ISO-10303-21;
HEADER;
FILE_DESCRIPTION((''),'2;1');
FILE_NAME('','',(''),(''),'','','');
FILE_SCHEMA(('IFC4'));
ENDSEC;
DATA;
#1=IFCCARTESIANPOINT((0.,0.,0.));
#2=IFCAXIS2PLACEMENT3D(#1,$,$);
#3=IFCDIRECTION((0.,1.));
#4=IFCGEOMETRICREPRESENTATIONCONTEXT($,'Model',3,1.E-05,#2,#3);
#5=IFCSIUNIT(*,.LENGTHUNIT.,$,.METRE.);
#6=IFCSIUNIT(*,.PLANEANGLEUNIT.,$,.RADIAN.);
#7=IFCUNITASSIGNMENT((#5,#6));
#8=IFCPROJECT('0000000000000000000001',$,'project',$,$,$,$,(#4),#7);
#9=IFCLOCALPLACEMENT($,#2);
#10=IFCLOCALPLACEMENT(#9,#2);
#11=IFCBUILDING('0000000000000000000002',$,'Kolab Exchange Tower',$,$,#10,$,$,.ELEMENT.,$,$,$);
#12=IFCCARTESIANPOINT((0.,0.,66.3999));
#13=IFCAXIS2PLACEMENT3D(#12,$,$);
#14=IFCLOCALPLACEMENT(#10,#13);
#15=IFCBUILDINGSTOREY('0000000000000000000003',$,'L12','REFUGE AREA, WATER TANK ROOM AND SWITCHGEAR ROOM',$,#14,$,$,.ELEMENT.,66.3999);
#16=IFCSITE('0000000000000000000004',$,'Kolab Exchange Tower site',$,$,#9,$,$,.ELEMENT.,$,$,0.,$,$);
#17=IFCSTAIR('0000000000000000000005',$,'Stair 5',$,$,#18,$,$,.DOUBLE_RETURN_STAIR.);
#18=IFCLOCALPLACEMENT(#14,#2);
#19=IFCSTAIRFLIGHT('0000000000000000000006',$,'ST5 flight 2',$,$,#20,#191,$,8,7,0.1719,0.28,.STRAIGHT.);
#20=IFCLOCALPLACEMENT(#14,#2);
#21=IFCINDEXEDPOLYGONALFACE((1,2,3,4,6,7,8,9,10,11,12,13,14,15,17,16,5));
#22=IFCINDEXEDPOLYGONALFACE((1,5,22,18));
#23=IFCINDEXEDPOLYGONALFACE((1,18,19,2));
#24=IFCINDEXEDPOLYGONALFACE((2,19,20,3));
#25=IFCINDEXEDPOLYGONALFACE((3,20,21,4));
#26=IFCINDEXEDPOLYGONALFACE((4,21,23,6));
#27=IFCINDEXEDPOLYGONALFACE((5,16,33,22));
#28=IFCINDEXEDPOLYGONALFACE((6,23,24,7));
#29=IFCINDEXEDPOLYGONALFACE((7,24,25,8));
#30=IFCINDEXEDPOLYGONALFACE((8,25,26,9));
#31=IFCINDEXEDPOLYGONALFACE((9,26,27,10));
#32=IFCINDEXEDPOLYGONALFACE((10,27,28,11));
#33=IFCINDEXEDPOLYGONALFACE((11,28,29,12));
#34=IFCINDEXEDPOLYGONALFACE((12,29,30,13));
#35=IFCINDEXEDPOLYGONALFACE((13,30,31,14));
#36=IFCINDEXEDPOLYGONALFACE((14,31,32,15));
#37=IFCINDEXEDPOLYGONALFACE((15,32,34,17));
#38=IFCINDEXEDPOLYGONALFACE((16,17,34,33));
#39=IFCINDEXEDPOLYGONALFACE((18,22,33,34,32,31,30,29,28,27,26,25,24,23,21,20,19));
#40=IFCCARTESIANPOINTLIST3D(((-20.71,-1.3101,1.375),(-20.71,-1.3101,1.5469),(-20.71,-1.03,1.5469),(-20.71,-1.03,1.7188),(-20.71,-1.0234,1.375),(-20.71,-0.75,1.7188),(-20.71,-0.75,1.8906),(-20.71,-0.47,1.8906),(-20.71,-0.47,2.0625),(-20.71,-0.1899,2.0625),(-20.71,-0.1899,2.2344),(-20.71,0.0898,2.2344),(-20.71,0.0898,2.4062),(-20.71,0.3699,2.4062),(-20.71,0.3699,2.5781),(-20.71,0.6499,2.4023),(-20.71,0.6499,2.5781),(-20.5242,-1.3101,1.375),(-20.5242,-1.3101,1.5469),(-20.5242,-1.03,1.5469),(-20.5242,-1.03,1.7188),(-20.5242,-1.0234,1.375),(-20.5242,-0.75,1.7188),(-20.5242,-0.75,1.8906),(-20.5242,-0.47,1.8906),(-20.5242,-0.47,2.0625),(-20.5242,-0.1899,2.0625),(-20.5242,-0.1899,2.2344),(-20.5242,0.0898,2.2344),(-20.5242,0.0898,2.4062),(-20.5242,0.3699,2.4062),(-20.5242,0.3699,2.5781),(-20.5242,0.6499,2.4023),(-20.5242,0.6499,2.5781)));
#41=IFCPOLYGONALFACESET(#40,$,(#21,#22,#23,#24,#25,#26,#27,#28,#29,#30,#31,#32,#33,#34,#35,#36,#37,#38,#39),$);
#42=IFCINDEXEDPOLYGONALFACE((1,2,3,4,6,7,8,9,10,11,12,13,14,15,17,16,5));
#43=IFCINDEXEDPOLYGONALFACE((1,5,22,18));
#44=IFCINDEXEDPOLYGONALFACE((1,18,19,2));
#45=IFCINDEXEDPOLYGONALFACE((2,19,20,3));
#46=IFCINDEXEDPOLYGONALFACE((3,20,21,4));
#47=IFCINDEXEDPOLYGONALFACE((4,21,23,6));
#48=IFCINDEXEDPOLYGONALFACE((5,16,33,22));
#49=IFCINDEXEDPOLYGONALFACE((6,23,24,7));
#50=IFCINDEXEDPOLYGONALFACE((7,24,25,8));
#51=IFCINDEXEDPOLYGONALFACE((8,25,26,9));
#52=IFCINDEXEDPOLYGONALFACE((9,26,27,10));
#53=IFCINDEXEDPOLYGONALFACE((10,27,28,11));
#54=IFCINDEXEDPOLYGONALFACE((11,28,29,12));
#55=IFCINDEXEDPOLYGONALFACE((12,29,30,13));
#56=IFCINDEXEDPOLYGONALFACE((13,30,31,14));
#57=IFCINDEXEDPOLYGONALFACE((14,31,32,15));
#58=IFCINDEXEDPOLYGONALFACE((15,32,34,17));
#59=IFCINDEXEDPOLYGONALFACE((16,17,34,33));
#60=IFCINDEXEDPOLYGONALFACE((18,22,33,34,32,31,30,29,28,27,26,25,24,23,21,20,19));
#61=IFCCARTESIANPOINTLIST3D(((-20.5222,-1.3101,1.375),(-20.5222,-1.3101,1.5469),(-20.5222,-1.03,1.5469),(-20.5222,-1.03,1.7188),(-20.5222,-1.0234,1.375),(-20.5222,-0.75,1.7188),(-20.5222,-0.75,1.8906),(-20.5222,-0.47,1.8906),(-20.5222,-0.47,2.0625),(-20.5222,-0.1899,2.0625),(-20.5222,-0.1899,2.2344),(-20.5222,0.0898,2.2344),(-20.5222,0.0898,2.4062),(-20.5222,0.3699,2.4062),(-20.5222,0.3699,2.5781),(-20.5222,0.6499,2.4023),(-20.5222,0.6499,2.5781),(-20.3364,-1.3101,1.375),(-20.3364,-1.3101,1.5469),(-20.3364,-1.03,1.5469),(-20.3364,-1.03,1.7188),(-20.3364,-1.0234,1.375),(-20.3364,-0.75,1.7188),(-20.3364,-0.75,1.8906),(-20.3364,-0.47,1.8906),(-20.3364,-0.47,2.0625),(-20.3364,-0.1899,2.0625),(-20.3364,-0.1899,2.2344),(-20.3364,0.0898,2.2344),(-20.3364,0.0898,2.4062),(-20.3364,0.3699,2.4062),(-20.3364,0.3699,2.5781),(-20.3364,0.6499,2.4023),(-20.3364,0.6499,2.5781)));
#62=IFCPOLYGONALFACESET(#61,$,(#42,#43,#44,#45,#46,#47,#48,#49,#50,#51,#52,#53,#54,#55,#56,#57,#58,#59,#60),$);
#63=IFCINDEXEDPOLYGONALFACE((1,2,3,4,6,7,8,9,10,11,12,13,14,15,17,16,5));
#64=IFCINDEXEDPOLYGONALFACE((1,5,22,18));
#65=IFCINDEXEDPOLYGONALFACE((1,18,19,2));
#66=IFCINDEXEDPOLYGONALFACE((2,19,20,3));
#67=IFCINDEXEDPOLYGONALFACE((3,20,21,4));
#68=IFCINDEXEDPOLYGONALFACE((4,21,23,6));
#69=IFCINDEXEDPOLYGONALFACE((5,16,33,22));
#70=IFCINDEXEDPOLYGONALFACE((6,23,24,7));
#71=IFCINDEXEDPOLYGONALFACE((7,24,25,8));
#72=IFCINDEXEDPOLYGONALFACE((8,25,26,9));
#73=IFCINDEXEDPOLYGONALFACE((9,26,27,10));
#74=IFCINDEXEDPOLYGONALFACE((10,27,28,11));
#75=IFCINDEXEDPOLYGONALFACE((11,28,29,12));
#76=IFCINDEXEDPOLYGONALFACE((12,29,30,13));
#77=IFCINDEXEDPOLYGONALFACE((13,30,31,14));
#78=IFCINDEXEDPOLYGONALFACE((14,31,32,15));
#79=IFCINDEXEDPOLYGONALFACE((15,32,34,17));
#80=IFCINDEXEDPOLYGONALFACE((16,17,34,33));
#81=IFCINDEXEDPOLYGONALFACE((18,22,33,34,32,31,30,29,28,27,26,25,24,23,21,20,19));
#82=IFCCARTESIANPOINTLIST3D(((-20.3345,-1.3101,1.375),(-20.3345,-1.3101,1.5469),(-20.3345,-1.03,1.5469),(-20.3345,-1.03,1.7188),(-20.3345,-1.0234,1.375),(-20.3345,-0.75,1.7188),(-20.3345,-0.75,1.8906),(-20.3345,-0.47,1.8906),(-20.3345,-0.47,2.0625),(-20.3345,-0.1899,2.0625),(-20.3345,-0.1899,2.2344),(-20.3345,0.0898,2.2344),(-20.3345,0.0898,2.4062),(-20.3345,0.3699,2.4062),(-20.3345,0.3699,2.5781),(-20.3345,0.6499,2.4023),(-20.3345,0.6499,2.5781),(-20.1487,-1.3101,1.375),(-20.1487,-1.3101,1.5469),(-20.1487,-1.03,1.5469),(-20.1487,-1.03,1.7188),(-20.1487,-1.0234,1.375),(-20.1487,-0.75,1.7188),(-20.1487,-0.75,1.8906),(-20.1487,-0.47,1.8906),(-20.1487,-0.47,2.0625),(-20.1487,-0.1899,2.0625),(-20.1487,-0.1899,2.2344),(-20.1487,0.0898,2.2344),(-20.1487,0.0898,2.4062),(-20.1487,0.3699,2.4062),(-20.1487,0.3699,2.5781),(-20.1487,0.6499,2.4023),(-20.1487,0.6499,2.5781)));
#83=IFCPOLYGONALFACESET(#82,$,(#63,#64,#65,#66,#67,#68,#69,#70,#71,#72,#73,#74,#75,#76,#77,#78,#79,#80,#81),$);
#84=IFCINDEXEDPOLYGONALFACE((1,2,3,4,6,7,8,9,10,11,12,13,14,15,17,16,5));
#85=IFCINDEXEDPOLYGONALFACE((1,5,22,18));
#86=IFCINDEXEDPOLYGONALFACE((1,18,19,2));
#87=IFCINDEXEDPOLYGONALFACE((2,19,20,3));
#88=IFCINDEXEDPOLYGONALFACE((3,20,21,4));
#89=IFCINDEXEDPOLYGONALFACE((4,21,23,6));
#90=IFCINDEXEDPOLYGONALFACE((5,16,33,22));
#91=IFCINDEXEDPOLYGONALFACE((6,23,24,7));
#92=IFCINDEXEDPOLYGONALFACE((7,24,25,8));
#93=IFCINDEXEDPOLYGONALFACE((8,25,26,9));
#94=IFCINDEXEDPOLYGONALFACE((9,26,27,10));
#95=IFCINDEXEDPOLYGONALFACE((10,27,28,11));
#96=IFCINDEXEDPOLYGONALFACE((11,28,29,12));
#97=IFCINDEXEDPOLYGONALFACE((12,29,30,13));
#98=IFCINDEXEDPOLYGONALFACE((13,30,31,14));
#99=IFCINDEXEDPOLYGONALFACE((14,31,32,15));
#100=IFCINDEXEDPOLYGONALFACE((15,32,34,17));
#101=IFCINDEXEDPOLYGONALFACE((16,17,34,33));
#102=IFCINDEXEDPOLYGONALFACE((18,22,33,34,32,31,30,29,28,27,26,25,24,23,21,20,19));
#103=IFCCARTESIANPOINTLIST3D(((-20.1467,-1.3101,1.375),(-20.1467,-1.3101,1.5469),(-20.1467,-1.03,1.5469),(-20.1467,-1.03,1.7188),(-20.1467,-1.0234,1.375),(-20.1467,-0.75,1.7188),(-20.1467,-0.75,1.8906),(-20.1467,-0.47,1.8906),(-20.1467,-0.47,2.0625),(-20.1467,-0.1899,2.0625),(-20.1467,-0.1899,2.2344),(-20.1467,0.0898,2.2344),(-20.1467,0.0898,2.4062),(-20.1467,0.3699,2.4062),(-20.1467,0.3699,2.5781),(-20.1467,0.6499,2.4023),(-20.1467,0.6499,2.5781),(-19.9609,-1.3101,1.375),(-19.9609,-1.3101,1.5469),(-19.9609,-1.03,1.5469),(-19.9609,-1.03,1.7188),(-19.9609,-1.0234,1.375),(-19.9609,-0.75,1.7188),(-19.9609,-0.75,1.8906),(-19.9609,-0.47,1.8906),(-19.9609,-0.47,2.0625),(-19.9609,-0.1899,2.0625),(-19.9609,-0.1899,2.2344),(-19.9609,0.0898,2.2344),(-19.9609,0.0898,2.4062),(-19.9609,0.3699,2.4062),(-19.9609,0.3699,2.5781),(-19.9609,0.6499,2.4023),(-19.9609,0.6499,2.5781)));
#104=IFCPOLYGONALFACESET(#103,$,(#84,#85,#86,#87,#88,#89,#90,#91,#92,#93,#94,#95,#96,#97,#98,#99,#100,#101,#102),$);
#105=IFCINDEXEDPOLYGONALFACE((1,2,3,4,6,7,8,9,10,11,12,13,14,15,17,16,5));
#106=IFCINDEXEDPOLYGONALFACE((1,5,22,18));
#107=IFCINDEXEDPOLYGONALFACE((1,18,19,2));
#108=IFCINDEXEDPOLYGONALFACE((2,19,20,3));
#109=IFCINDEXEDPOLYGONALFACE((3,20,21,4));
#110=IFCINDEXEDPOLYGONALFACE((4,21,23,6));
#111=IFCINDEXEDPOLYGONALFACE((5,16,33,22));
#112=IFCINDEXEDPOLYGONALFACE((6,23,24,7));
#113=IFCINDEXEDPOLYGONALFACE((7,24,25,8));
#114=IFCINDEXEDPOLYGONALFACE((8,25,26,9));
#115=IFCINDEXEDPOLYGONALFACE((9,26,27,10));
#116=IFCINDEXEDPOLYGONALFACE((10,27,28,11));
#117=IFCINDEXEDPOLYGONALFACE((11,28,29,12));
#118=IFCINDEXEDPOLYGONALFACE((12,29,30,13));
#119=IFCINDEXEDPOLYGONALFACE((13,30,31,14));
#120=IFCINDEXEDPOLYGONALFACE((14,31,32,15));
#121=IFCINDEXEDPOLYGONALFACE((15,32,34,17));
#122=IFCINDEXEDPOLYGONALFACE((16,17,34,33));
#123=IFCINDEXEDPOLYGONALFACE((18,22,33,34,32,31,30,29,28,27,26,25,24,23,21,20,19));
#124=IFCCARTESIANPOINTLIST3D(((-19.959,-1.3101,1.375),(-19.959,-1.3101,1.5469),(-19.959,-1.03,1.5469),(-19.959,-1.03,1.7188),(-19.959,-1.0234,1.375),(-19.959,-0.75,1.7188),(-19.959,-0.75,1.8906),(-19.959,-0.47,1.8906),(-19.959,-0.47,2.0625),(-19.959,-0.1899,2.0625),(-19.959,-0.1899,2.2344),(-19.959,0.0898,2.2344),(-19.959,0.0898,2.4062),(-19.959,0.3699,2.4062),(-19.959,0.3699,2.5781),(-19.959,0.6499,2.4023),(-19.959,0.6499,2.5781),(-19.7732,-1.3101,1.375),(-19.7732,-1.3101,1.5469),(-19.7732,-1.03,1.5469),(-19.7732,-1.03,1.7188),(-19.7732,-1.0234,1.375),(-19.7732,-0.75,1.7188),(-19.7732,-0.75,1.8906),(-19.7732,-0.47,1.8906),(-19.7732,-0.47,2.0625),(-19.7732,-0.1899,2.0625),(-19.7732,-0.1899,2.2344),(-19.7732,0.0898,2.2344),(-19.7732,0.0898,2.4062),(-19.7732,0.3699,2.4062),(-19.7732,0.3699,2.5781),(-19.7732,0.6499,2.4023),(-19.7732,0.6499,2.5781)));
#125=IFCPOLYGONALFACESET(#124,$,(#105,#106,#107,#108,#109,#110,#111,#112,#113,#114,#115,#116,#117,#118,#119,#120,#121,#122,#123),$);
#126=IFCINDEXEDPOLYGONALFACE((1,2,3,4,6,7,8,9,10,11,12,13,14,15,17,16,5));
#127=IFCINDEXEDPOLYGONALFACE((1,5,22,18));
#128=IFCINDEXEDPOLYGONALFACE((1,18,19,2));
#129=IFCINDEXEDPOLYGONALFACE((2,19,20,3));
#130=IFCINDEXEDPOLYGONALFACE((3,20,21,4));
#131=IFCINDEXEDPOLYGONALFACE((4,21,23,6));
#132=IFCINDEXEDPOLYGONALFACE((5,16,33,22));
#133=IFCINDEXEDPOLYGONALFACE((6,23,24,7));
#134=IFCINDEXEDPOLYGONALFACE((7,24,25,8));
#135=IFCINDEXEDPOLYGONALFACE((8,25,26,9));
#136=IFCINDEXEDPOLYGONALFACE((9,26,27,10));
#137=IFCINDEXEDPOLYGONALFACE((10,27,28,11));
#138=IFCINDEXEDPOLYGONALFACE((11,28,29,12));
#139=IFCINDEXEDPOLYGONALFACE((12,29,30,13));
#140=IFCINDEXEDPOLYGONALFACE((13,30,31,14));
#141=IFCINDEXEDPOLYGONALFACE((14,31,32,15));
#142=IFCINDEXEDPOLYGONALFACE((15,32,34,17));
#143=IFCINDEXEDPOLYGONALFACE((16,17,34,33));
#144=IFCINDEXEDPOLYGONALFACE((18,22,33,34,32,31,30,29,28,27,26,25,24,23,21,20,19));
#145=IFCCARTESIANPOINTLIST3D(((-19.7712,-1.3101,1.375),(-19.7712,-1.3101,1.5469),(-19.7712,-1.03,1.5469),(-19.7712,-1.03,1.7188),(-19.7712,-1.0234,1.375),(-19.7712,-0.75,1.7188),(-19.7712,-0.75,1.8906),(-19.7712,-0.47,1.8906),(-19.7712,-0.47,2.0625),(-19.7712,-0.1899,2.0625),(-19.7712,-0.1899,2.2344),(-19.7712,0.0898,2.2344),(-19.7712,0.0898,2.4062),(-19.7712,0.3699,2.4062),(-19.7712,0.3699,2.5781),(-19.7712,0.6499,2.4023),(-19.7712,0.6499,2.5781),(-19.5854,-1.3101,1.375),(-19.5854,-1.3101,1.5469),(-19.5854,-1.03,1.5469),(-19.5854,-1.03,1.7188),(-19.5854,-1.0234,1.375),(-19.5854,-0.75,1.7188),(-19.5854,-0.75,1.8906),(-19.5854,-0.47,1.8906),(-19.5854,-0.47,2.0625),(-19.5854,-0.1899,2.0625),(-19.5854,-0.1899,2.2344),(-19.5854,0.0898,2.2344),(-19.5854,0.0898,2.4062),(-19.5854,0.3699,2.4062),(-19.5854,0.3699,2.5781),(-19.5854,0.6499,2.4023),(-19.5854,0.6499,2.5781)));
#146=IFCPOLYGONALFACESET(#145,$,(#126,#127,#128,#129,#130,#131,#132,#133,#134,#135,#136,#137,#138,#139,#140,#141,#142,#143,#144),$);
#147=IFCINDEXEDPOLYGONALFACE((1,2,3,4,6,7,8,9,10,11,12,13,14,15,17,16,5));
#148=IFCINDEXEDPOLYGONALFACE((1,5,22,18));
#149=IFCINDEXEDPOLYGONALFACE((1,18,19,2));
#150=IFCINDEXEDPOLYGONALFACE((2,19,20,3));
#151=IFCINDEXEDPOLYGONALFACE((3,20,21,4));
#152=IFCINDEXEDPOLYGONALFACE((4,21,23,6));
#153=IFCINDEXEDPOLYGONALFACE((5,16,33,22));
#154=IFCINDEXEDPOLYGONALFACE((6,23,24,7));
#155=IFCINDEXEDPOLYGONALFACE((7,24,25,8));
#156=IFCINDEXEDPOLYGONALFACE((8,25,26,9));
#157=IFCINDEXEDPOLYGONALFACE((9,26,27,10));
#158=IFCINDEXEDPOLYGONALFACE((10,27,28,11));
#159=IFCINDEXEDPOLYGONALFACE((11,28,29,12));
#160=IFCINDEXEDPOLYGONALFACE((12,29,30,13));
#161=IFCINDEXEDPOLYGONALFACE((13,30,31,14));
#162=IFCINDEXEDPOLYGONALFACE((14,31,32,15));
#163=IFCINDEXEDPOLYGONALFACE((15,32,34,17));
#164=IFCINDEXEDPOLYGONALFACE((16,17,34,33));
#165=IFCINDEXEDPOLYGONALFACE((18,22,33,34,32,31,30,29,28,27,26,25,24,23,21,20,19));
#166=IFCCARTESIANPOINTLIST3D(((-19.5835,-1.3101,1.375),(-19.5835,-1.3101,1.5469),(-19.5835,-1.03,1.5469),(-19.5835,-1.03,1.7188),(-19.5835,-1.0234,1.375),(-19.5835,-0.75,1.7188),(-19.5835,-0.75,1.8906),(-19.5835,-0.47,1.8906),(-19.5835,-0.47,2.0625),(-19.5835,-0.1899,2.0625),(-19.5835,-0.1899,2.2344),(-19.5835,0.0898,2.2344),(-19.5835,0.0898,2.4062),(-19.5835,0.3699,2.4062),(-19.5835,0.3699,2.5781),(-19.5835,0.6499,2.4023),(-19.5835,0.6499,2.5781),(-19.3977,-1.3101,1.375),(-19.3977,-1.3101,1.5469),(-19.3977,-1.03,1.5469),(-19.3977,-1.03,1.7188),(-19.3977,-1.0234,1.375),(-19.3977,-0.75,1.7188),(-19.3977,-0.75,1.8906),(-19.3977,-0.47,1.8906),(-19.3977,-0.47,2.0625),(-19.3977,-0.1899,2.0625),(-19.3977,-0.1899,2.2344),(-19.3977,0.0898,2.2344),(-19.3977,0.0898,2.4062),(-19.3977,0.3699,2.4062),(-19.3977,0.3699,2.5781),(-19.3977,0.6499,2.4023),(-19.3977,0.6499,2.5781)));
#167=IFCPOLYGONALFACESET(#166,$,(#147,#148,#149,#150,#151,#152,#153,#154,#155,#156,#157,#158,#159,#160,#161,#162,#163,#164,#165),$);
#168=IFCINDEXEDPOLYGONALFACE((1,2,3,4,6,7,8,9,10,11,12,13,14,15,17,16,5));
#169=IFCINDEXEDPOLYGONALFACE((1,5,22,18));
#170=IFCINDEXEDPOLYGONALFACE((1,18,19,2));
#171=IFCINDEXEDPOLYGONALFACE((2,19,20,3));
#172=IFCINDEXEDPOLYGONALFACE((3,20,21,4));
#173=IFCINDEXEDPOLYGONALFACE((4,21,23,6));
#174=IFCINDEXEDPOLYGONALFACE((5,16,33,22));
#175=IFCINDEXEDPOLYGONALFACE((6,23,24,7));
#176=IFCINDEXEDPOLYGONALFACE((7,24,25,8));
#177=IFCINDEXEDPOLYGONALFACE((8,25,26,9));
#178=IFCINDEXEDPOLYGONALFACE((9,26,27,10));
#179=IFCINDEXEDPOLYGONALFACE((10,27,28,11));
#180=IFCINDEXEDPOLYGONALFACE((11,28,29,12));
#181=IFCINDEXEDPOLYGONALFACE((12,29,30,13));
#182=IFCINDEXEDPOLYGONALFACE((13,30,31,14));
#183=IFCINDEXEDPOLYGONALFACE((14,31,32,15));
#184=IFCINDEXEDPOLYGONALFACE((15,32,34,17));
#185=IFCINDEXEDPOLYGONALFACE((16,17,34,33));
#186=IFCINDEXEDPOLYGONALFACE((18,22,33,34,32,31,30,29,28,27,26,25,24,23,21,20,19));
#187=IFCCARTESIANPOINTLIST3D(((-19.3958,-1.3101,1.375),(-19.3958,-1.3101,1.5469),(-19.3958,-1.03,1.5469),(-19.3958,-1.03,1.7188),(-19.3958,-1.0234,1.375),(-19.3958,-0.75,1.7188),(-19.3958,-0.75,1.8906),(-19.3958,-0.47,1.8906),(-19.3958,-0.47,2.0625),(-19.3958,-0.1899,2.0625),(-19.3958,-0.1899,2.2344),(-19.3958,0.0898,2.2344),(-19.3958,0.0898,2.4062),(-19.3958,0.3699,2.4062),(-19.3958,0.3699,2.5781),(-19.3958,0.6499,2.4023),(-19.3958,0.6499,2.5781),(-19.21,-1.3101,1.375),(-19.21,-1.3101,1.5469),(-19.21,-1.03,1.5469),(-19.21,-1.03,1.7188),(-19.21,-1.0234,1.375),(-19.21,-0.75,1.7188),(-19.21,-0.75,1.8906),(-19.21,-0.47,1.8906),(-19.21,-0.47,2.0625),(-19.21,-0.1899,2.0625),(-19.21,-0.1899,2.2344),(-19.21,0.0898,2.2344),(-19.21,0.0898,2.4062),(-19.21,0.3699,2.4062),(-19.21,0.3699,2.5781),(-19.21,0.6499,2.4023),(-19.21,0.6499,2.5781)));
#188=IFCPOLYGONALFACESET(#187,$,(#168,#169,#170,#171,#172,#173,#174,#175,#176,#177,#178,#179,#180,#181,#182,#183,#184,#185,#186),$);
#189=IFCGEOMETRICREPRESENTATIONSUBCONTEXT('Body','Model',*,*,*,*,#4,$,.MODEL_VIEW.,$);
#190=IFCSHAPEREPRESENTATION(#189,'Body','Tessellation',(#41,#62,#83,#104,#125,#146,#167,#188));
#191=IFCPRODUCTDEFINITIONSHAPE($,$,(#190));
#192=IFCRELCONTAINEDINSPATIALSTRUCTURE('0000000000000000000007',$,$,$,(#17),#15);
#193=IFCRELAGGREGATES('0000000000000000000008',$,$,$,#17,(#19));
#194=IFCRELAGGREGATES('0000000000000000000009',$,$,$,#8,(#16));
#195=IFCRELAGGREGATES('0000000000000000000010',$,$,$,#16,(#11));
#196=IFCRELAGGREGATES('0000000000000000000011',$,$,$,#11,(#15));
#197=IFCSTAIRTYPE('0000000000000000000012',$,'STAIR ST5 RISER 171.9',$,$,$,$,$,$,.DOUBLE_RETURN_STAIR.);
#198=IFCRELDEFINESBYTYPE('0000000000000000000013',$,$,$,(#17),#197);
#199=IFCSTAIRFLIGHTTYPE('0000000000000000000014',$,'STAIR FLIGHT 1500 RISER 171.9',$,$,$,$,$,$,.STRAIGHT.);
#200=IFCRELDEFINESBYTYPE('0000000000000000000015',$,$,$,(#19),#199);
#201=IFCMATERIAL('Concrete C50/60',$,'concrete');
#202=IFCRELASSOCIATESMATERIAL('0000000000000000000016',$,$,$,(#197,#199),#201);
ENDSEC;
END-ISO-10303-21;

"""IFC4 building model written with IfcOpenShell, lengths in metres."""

from ifc_helpers import new_model, si_unit, direction, frame, origin, place, context, subcontext, project, spatial, polyline, outline, extrude, material, type_object, element, aggregate, save


model = new_model("IFC4")

# Units and contexts
model_context = context("Model", 3, precision=1e-05, world=origin(), true_north=direction((0.0, 1.0)))
body_context = subcontext(model_context, "Body", "Model", "MODEL_VIEW")
ifc_project = project(units=[si_unit("LENGTHUNIT", "METRE"), si_unit("PLANEANGLEUNIT", "RADIAN")], contexts=[model_context])

# Site, building, storey
site_placement = place(None, origin())
site = spatial("IfcSite", under=ifc_project, at=site_placement, Name="Kolab Exchange Tower site", CompositionType="ELEMENT", RefElevation=0.0)
building_placement = place(site_placement, origin())
building = spatial("IfcBuilding", under=site, at=building_placement, Name="Kolab Exchange Tower", CompositionType="ELEMENT")
storey_placement = place(building_placement, frame((0.0, 0.0, 66.3999)))
storey = spatial("IfcBuildingStorey", under=building, at=storey_placement, Name="L12", Description="REFUGE AREA, WATER TANK ROOM AND SWITCHGEAR ROOM", CompositionType="ELEMENT", Elevation=66.3999)

# Shared definitions
ifc_material_1 = material(Name="Concrete C50/60", Category="concrete")

# Stair, stair flight
stair_type = type_object("IfcStairType", Name="STAIR ST5 RISER 171.9", PredefinedType="DOUBLE_RETURN_STAIR", material=ifc_material_1)
stair_placement = place(storey_placement, origin())
stair = element("IfcStair", 1, at=stair_placement, inside=storey, type_object=stair_type, Name="Stair 5", PredefinedType="DOUBLE_RETURN_STAIR")
stair_flight_type = type_object("IfcStairFlightType", Name="STAIR FLIGHT 1500 RISER 171.9", PredefinedType="STRAIGHT", material=ifc_material_1)
stair_flight_1_placement = place(storey_placement, frame((-19.96, -1.3101, 1.375), z_axis=(0.0, 0.0, 1.0), x_axis=(0.0, 1.0, 0.0)))
stair_flight_1 = element("IfcStairFlight", 2, at=stair_flight_1_placement, type_object=stair_flight_type, Name="ST5 flight 2", NumberOfRisers=8, NumberOfTreads=7, PredefinedType="STRAIGHT", RiserHeight=0.1719, TreadLength=0.28, context=body_context, shape_type="SweptSolid", body=[
    extrude(outline(polyline([(0.0, 0.0), (0.0, 0.1719), (0.28, 0.1719), (0.28, 0.3438), (0.5601, 0.3438), (0.5601, 0.5156), (0.8401, 0.5156), (0.8401, 0.6875), (1.1201, 0.6875), (1.1201, 0.8594), (1.3999, 0.8594), (1.3999, 1.0312), (1.6799, 1.0312), (1.6799, 1.2031), (1.96, 1.2031), (1.96, 1.375), (1.96, 1.0273), (0.2866, 0.0), (0.0, 0.0)])), frame((0.0, 0.75, 0.0), z_axis=(0.0, -1.0, 0.0), x_axis=(1.0, 0.0, 0.0)), (0.0, 0.0, 1.0), 0.1858),
    extrude(outline(polyline([(0.0, 0.0), (0.0, 0.1719), (0.28, 0.1719), (0.28, 0.3438), (0.5601, 0.3438), (0.5601, 0.5156), (0.8401, 0.5156), (0.8401, 0.6875), (1.1201, 0.6875), (1.1201, 0.8594), (1.3999, 0.8594), (1.3999, 1.0312), (1.6799, 1.0312), (1.6799, 1.2031), (1.96, 1.2031), (1.96, 1.375), (1.96, 1.0273), (0.2866, 0.0), (0.0, 0.0)])), frame((0.0, 0.5623, 0.0), z_axis=(0.0, -1.0, 0.0), x_axis=(1.0, 0.0, 0.0)), (0.0, 0.0, 1.0), 0.1858),
    extrude(outline(polyline([(0.0, 0.0), (0.0, 0.1719), (0.28, 0.1719), (0.28, 0.3438), (0.5601, 0.3438), (0.5601, 0.5156), (0.8401, 0.5156), (0.8401, 0.6875), (1.1201, 0.6875), (1.1201, 0.8594), (1.3999, 0.8594), (1.3999, 1.0312), (1.6799, 1.0312), (1.6799, 1.2031), (1.96, 1.2031), (1.96, 1.375), (1.96, 1.0273), (0.2866, 0.0), (0.0, 0.0)])), frame((0.0, 0.3745, 0.0), z_axis=(0.0, -1.0, 0.0), x_axis=(1.0, 0.0, 0.0)), (0.0, 0.0, 1.0), 0.1858),
    extrude(outline(polyline([(0.0, 0.0), (0.0, 0.1719), (0.28, 0.1719), (0.28, 0.3438), (0.5601, 0.3438), (0.5601, 0.5156), (0.8401, 0.5156), (0.8401, 0.6875), (1.1201, 0.6875), (1.1201, 0.8594), (1.3999, 0.8594), (1.3999, 1.0312), (1.6799, 1.0312), (1.6799, 1.2031), (1.96, 1.2031), (1.96, 1.375), (1.96, 1.0273), (0.2866, 0.0), (0.0, 0.0)])), frame((0.0, 0.1868, 0.0), z_axis=(0.0, -1.0, 0.0), x_axis=(1.0, 0.0, 0.0)), (0.0, 0.0, 1.0), 0.1858),
    extrude(outline(polyline([(0.0, 0.0), (0.0, 0.1719), (0.28, 0.1719), (0.28, 0.3438), (0.5601, 0.3438), (0.5601, 0.5156), (0.8401, 0.5156), (0.8401, 0.6875), (1.1201, 0.6875), (1.1201, 0.8594), (1.3999, 0.8594), (1.3999, 1.0312), (1.6799, 1.0312), (1.6799, 1.2031), (1.96, 1.2031), (1.96, 1.375), (1.96, 1.0273), (0.2866, 0.0), (0.0, 0.0)])), frame((0.0, -0.001, 0.0), z_axis=(0.0, -1.0, 0.0), x_axis=(1.0, 0.0, 0.0)), (0.0, 0.0, 1.0), 0.1858),
    extrude(outline(polyline([(0.0, 0.0), (0.0, 0.1719), (0.28, 0.1719), (0.28, 0.3438), (0.5601, 0.3438), (0.5601, 0.5156), (0.8401, 0.5156), (0.8401, 0.6875), (1.1201, 0.6875), (1.1201, 0.8594), (1.3999, 0.8594), (1.3999, 1.0312), (1.6799, 1.0312), (1.6799, 1.2031), (1.96, 1.2031), (1.96, 1.375), (1.96, 1.0273), (0.2866, 0.0), (0.0, 0.0)])), frame((0.0, -0.1887, 0.0), z_axis=(0.0, -1.0, 0.0), x_axis=(1.0, 0.0, 0.0)), (0.0, 0.0, 1.0), 0.1858),
    extrude(outline(polyline([(0.0, 0.0), (0.0, 0.1719), (0.28, 0.1719), (0.28, 0.3438), (0.5601, 0.3438), (0.5601, 0.5156), (0.8401, 0.5156), (0.8401, 0.6875), (1.1201, 0.6875), (1.1201, 0.8594), (1.3999, 0.8594), (1.3999, 1.0312), (1.6799, 1.0312), (1.6799, 1.2031), (1.96, 1.2031), (1.96, 1.375), (1.96, 1.0273), (0.2866, 0.0), (0.0, 0.0)])), frame((0.0, -0.3765, 0.0), z_axis=(0.0, -1.0, 0.0), x_axis=(1.0, 0.0, 0.0)), (0.0, 0.0, 1.0), 0.1858),
    extrude(outline(polyline([(0.0, 0.0), (0.0, 0.1719), (0.28, 0.1719), (0.28, 0.3438), (0.5601, 0.3438), (0.5601, 0.5156), (0.8401, 0.5156), (0.8401, 0.6875), (1.1201, 0.6875), (1.1201, 0.8594), (1.3999, 0.8594), (1.3999, 1.0312), (1.6799, 1.0312), (1.6799, 1.2031), (1.96, 1.2031), (1.96, 1.375), (1.96, 1.0273), (0.2866, 0.0), (0.0, 0.0)])), frame((0.0, -0.5642, 0.0), z_axis=(0.0, -1.0, 0.0), x_axis=(1.0, 0.0, 0.0)), (0.0, 0.0, 1.0), 0.1858),
])
aggregate(stair, [stair_flight_1])

save(model, "model.ifc")
